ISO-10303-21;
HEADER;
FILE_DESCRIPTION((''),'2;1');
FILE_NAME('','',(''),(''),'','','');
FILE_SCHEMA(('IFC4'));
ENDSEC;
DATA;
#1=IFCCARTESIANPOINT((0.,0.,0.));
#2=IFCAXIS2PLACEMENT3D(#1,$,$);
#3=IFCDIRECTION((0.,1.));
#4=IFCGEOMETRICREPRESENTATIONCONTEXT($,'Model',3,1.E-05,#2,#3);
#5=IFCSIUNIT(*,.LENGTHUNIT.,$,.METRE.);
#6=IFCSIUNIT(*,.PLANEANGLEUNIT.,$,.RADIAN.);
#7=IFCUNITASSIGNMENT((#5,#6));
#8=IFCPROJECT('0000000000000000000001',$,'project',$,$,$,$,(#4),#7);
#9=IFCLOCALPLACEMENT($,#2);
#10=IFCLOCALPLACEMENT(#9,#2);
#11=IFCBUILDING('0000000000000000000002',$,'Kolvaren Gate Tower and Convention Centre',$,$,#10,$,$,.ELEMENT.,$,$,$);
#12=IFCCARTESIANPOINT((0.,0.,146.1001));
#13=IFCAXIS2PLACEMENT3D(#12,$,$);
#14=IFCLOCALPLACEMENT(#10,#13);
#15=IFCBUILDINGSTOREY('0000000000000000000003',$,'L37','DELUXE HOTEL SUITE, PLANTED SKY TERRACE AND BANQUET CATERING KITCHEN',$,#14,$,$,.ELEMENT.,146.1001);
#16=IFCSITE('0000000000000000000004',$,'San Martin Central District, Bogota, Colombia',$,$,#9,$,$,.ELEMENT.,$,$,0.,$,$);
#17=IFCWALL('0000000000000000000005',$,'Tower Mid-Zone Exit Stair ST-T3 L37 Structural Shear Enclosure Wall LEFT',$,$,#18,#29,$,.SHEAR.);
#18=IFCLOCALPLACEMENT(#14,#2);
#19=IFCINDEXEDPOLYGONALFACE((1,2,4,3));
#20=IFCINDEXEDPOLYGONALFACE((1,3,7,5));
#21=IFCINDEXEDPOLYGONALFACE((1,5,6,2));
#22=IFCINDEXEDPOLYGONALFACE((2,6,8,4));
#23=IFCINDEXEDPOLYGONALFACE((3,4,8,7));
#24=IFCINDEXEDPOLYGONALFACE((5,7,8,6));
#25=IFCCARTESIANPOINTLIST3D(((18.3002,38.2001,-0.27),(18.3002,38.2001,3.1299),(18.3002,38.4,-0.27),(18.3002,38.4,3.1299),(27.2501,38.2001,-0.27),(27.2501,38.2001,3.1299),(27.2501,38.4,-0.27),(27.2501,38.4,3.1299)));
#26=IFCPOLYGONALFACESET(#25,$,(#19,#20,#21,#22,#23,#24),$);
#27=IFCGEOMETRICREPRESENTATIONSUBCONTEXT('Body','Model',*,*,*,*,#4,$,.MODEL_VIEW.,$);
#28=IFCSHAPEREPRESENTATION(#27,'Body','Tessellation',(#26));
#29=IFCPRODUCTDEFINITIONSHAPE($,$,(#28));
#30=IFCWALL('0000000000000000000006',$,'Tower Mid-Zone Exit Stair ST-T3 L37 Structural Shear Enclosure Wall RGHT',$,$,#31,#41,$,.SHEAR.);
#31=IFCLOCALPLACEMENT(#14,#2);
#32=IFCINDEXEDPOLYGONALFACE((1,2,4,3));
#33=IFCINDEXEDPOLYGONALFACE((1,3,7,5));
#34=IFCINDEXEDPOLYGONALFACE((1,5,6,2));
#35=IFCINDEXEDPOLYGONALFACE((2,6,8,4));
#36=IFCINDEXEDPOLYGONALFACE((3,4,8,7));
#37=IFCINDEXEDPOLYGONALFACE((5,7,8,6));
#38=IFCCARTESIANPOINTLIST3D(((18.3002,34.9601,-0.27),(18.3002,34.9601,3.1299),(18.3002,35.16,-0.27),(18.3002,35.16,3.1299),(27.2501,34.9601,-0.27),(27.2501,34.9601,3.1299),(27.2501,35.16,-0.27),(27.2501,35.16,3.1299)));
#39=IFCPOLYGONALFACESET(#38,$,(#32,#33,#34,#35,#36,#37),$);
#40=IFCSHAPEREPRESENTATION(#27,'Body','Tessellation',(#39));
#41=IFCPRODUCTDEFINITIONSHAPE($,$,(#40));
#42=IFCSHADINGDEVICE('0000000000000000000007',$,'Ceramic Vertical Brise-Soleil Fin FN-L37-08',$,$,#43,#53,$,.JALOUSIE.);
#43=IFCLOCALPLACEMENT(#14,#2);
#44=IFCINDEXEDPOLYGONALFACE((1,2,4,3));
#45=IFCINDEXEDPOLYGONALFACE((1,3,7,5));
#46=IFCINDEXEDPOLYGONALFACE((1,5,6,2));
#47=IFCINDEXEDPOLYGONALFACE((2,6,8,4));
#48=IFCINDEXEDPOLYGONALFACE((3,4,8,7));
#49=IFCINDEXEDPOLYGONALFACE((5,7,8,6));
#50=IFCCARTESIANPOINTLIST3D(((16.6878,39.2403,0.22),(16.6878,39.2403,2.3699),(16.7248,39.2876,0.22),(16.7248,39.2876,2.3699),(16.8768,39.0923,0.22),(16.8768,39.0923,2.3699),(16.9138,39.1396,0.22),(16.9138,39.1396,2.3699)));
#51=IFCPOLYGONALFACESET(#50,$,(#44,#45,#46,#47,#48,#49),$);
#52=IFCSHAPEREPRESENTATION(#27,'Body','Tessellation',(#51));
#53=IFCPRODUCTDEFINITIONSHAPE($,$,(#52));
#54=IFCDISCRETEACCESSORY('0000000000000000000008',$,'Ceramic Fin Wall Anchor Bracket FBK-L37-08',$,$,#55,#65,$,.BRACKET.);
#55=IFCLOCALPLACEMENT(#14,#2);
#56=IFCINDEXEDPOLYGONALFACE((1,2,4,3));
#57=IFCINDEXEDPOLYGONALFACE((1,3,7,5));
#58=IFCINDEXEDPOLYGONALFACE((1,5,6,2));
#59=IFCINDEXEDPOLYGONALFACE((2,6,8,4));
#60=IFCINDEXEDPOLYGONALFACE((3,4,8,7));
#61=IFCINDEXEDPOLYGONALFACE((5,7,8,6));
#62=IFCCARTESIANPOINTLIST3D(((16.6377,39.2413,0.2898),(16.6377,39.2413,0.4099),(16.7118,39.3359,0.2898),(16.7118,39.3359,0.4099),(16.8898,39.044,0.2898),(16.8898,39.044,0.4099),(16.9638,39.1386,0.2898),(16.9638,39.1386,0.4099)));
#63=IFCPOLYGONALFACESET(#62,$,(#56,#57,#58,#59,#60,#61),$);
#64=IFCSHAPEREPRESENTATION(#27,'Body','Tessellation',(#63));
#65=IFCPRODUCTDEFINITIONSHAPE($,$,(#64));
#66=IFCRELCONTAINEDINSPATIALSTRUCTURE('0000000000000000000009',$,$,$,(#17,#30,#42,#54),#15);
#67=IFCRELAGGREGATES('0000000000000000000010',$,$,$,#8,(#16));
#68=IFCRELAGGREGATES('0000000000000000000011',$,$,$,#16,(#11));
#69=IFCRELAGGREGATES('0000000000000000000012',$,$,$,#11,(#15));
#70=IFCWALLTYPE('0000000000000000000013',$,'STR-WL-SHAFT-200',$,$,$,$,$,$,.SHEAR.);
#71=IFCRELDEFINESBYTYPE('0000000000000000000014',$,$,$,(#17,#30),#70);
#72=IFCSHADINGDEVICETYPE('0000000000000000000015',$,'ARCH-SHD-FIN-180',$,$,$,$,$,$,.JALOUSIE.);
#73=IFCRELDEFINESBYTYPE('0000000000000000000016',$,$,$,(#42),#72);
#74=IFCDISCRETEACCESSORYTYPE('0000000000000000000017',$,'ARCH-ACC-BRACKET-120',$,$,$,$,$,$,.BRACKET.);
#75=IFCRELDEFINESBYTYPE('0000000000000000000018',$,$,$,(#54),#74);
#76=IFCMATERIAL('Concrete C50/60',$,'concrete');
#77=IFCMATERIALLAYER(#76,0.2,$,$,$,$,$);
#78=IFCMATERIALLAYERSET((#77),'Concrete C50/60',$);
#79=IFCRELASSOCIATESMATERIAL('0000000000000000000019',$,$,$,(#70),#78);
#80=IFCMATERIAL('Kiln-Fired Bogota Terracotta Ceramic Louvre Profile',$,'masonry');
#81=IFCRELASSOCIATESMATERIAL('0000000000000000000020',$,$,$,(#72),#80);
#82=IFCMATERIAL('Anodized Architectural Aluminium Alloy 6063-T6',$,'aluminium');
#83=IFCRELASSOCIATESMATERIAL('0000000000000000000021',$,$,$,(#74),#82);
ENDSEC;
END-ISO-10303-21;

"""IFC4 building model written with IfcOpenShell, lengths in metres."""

from ifc_helpers import new_model, si_unit, direction, frame, frame_2d, origin, origin_2d, place, context, subcontext, project, spatial, rectangle, extrude, material, layer, layer_set, type_object, element, save


model = new_model("IFC4")

# Units and contexts
model_context = context("Model", 3, precision=1e-05, world=origin(), true_north=direction((0.0, 1.0)))
body_context = subcontext(model_context, "Body", "Model", "MODEL_VIEW")
ifc_project = project(units=[si_unit("LENGTHUNIT", "METRE"), si_unit("PLANEANGLEUNIT", "RADIAN")], contexts=[model_context])

# Site, building, storey
site_placement = place(None, origin())
site = spatial("IfcSite", under=ifc_project, at=site_placement, Name="San Martin Central District, Bogota, Colombia", CompositionType="ELEMENT", RefElevation=0.0)
building_placement = place(site_placement, origin())
building = spatial("IfcBuilding", under=site, at=building_placement, Name="Kolvaren Gate Tower and Convention Centre", CompositionType="ELEMENT")
storey_placement = place(building_placement, frame((0.0, 0.0, 146.1001)))
storey = spatial("IfcBuildingStorey", under=building, at=storey_placement, Name="L37", Description="DELUXE HOTEL SUITE, PLANTED SKY TERRACE AND BANQUET CATERING KITCHEN", CompositionType="ELEMENT", Elevation=146.1001)

# Walls
ifc_material_1 = material(Name="Concrete C50/60", Category="concrete")
ifc_layer_1 = layer(ifc_material_1, 0.2)
ifc_layer_set_1 = layer_set([ifc_layer_1], Name="Concrete C50/60")
wall_type_1 = type_object("IfcWallType", Name="STR-WL-SHAFT-200", PredefinedType="SHEAR", material=ifc_layer_set_1)
for number, where, z_axis, x_axis, name in (
    (1, (18.3, 38.3, -0.27), (0.0, 0.0, 1.0), (1.0, 0.0, 0.0), "Tower Mid-Zone Exit Stair ST-T3 L37 Structural Shear Enclosure Wall LEFT"),
    (2, (18.3, 35.0601, -0.27), (0.0, 0.0, 1.0), (1.0, 0.0, 0.0), "Tower Mid-Zone Exit Stair ST-T3 L37 Structural Shear Enclosure Wall RGHT"),
):
    element("IfcWall", number, at=place(storey_placement, frame(where, z_axis=z_axis, x_axis=x_axis)), inside=storey, type_object=wall_type_1, Name=name, PredefinedType="SHEAR", context=body_context, shape_type="SweptSolid", body=[
        extrude(rectangle(XDim=8.95, YDim=0.2, at=frame_2d((4.4751, 0.0))), origin(), (0.0, 0.0, 1.0), 3.3999),
    ])

# Shading device
ifc_material_2 = material(Name="Kiln-Fired Bogota Terracotta Ceramic Louvre Profile", Category="masonry")
shading_device_type = type_object("IfcShadingDeviceType", Name="ARCH-SHD-FIN-180", PredefinedType="JALOUSIE", material=ifc_material_2)
shading_device_placement = place(storey_placement, frame((16.8008, 39.1899, 0.22), z_axis=(0.0, 0.0, 1.0), x_axis=(0.616446, 0.787397, 0.0)))
element("IfcShadingDevice", 3, at=shading_device_placement, inside=storey, type_object=shading_device_type, Name="Ceramic Vertical Brise-Soleil Fin FN-L37-08", PredefinedType="JALOUSIE", context=body_context, shape_type="SweptSolid", body=[
    extrude(rectangle(XDim=0.0601, YDim=0.24, at=origin_2d()), origin(), (0.0, 0.0, 1.0), 2.1499),
])

# Discrete accessory
ifc_material_3 = material(Name="Anodized Architectural Aluminium Alloy 6063-T6", Category="aluminium")
discrete_accessory_type = type_object("IfcDiscreteAccessoryType", Name="ARCH-ACC-BRACKET-120", PredefinedType="BRACKET", material=ifc_material_3)
discrete_accessory_placement = place(storey_placement, frame((16.8008, 39.1899, 0.2898), z_axis=(0.0, 0.0, 1.0), x_axis=(0.616446, 0.787397, 0.0)))
element("IfcDiscreteAccessory", 4, at=discrete_accessory_placement, inside=storey, type_object=discrete_accessory_type, Name="Ceramic Fin Wall Anchor Bracket FBK-L37-08", PredefinedType="BRACKET", context=body_context, shape_type="SweptSolid", body=[
    extrude(rectangle(XDim=0.1201, YDim=0.3201, at=origin_2d()), origin(), (0.0, 0.0, 1.0), 0.1201),
])

save(model, "model.ifc")
